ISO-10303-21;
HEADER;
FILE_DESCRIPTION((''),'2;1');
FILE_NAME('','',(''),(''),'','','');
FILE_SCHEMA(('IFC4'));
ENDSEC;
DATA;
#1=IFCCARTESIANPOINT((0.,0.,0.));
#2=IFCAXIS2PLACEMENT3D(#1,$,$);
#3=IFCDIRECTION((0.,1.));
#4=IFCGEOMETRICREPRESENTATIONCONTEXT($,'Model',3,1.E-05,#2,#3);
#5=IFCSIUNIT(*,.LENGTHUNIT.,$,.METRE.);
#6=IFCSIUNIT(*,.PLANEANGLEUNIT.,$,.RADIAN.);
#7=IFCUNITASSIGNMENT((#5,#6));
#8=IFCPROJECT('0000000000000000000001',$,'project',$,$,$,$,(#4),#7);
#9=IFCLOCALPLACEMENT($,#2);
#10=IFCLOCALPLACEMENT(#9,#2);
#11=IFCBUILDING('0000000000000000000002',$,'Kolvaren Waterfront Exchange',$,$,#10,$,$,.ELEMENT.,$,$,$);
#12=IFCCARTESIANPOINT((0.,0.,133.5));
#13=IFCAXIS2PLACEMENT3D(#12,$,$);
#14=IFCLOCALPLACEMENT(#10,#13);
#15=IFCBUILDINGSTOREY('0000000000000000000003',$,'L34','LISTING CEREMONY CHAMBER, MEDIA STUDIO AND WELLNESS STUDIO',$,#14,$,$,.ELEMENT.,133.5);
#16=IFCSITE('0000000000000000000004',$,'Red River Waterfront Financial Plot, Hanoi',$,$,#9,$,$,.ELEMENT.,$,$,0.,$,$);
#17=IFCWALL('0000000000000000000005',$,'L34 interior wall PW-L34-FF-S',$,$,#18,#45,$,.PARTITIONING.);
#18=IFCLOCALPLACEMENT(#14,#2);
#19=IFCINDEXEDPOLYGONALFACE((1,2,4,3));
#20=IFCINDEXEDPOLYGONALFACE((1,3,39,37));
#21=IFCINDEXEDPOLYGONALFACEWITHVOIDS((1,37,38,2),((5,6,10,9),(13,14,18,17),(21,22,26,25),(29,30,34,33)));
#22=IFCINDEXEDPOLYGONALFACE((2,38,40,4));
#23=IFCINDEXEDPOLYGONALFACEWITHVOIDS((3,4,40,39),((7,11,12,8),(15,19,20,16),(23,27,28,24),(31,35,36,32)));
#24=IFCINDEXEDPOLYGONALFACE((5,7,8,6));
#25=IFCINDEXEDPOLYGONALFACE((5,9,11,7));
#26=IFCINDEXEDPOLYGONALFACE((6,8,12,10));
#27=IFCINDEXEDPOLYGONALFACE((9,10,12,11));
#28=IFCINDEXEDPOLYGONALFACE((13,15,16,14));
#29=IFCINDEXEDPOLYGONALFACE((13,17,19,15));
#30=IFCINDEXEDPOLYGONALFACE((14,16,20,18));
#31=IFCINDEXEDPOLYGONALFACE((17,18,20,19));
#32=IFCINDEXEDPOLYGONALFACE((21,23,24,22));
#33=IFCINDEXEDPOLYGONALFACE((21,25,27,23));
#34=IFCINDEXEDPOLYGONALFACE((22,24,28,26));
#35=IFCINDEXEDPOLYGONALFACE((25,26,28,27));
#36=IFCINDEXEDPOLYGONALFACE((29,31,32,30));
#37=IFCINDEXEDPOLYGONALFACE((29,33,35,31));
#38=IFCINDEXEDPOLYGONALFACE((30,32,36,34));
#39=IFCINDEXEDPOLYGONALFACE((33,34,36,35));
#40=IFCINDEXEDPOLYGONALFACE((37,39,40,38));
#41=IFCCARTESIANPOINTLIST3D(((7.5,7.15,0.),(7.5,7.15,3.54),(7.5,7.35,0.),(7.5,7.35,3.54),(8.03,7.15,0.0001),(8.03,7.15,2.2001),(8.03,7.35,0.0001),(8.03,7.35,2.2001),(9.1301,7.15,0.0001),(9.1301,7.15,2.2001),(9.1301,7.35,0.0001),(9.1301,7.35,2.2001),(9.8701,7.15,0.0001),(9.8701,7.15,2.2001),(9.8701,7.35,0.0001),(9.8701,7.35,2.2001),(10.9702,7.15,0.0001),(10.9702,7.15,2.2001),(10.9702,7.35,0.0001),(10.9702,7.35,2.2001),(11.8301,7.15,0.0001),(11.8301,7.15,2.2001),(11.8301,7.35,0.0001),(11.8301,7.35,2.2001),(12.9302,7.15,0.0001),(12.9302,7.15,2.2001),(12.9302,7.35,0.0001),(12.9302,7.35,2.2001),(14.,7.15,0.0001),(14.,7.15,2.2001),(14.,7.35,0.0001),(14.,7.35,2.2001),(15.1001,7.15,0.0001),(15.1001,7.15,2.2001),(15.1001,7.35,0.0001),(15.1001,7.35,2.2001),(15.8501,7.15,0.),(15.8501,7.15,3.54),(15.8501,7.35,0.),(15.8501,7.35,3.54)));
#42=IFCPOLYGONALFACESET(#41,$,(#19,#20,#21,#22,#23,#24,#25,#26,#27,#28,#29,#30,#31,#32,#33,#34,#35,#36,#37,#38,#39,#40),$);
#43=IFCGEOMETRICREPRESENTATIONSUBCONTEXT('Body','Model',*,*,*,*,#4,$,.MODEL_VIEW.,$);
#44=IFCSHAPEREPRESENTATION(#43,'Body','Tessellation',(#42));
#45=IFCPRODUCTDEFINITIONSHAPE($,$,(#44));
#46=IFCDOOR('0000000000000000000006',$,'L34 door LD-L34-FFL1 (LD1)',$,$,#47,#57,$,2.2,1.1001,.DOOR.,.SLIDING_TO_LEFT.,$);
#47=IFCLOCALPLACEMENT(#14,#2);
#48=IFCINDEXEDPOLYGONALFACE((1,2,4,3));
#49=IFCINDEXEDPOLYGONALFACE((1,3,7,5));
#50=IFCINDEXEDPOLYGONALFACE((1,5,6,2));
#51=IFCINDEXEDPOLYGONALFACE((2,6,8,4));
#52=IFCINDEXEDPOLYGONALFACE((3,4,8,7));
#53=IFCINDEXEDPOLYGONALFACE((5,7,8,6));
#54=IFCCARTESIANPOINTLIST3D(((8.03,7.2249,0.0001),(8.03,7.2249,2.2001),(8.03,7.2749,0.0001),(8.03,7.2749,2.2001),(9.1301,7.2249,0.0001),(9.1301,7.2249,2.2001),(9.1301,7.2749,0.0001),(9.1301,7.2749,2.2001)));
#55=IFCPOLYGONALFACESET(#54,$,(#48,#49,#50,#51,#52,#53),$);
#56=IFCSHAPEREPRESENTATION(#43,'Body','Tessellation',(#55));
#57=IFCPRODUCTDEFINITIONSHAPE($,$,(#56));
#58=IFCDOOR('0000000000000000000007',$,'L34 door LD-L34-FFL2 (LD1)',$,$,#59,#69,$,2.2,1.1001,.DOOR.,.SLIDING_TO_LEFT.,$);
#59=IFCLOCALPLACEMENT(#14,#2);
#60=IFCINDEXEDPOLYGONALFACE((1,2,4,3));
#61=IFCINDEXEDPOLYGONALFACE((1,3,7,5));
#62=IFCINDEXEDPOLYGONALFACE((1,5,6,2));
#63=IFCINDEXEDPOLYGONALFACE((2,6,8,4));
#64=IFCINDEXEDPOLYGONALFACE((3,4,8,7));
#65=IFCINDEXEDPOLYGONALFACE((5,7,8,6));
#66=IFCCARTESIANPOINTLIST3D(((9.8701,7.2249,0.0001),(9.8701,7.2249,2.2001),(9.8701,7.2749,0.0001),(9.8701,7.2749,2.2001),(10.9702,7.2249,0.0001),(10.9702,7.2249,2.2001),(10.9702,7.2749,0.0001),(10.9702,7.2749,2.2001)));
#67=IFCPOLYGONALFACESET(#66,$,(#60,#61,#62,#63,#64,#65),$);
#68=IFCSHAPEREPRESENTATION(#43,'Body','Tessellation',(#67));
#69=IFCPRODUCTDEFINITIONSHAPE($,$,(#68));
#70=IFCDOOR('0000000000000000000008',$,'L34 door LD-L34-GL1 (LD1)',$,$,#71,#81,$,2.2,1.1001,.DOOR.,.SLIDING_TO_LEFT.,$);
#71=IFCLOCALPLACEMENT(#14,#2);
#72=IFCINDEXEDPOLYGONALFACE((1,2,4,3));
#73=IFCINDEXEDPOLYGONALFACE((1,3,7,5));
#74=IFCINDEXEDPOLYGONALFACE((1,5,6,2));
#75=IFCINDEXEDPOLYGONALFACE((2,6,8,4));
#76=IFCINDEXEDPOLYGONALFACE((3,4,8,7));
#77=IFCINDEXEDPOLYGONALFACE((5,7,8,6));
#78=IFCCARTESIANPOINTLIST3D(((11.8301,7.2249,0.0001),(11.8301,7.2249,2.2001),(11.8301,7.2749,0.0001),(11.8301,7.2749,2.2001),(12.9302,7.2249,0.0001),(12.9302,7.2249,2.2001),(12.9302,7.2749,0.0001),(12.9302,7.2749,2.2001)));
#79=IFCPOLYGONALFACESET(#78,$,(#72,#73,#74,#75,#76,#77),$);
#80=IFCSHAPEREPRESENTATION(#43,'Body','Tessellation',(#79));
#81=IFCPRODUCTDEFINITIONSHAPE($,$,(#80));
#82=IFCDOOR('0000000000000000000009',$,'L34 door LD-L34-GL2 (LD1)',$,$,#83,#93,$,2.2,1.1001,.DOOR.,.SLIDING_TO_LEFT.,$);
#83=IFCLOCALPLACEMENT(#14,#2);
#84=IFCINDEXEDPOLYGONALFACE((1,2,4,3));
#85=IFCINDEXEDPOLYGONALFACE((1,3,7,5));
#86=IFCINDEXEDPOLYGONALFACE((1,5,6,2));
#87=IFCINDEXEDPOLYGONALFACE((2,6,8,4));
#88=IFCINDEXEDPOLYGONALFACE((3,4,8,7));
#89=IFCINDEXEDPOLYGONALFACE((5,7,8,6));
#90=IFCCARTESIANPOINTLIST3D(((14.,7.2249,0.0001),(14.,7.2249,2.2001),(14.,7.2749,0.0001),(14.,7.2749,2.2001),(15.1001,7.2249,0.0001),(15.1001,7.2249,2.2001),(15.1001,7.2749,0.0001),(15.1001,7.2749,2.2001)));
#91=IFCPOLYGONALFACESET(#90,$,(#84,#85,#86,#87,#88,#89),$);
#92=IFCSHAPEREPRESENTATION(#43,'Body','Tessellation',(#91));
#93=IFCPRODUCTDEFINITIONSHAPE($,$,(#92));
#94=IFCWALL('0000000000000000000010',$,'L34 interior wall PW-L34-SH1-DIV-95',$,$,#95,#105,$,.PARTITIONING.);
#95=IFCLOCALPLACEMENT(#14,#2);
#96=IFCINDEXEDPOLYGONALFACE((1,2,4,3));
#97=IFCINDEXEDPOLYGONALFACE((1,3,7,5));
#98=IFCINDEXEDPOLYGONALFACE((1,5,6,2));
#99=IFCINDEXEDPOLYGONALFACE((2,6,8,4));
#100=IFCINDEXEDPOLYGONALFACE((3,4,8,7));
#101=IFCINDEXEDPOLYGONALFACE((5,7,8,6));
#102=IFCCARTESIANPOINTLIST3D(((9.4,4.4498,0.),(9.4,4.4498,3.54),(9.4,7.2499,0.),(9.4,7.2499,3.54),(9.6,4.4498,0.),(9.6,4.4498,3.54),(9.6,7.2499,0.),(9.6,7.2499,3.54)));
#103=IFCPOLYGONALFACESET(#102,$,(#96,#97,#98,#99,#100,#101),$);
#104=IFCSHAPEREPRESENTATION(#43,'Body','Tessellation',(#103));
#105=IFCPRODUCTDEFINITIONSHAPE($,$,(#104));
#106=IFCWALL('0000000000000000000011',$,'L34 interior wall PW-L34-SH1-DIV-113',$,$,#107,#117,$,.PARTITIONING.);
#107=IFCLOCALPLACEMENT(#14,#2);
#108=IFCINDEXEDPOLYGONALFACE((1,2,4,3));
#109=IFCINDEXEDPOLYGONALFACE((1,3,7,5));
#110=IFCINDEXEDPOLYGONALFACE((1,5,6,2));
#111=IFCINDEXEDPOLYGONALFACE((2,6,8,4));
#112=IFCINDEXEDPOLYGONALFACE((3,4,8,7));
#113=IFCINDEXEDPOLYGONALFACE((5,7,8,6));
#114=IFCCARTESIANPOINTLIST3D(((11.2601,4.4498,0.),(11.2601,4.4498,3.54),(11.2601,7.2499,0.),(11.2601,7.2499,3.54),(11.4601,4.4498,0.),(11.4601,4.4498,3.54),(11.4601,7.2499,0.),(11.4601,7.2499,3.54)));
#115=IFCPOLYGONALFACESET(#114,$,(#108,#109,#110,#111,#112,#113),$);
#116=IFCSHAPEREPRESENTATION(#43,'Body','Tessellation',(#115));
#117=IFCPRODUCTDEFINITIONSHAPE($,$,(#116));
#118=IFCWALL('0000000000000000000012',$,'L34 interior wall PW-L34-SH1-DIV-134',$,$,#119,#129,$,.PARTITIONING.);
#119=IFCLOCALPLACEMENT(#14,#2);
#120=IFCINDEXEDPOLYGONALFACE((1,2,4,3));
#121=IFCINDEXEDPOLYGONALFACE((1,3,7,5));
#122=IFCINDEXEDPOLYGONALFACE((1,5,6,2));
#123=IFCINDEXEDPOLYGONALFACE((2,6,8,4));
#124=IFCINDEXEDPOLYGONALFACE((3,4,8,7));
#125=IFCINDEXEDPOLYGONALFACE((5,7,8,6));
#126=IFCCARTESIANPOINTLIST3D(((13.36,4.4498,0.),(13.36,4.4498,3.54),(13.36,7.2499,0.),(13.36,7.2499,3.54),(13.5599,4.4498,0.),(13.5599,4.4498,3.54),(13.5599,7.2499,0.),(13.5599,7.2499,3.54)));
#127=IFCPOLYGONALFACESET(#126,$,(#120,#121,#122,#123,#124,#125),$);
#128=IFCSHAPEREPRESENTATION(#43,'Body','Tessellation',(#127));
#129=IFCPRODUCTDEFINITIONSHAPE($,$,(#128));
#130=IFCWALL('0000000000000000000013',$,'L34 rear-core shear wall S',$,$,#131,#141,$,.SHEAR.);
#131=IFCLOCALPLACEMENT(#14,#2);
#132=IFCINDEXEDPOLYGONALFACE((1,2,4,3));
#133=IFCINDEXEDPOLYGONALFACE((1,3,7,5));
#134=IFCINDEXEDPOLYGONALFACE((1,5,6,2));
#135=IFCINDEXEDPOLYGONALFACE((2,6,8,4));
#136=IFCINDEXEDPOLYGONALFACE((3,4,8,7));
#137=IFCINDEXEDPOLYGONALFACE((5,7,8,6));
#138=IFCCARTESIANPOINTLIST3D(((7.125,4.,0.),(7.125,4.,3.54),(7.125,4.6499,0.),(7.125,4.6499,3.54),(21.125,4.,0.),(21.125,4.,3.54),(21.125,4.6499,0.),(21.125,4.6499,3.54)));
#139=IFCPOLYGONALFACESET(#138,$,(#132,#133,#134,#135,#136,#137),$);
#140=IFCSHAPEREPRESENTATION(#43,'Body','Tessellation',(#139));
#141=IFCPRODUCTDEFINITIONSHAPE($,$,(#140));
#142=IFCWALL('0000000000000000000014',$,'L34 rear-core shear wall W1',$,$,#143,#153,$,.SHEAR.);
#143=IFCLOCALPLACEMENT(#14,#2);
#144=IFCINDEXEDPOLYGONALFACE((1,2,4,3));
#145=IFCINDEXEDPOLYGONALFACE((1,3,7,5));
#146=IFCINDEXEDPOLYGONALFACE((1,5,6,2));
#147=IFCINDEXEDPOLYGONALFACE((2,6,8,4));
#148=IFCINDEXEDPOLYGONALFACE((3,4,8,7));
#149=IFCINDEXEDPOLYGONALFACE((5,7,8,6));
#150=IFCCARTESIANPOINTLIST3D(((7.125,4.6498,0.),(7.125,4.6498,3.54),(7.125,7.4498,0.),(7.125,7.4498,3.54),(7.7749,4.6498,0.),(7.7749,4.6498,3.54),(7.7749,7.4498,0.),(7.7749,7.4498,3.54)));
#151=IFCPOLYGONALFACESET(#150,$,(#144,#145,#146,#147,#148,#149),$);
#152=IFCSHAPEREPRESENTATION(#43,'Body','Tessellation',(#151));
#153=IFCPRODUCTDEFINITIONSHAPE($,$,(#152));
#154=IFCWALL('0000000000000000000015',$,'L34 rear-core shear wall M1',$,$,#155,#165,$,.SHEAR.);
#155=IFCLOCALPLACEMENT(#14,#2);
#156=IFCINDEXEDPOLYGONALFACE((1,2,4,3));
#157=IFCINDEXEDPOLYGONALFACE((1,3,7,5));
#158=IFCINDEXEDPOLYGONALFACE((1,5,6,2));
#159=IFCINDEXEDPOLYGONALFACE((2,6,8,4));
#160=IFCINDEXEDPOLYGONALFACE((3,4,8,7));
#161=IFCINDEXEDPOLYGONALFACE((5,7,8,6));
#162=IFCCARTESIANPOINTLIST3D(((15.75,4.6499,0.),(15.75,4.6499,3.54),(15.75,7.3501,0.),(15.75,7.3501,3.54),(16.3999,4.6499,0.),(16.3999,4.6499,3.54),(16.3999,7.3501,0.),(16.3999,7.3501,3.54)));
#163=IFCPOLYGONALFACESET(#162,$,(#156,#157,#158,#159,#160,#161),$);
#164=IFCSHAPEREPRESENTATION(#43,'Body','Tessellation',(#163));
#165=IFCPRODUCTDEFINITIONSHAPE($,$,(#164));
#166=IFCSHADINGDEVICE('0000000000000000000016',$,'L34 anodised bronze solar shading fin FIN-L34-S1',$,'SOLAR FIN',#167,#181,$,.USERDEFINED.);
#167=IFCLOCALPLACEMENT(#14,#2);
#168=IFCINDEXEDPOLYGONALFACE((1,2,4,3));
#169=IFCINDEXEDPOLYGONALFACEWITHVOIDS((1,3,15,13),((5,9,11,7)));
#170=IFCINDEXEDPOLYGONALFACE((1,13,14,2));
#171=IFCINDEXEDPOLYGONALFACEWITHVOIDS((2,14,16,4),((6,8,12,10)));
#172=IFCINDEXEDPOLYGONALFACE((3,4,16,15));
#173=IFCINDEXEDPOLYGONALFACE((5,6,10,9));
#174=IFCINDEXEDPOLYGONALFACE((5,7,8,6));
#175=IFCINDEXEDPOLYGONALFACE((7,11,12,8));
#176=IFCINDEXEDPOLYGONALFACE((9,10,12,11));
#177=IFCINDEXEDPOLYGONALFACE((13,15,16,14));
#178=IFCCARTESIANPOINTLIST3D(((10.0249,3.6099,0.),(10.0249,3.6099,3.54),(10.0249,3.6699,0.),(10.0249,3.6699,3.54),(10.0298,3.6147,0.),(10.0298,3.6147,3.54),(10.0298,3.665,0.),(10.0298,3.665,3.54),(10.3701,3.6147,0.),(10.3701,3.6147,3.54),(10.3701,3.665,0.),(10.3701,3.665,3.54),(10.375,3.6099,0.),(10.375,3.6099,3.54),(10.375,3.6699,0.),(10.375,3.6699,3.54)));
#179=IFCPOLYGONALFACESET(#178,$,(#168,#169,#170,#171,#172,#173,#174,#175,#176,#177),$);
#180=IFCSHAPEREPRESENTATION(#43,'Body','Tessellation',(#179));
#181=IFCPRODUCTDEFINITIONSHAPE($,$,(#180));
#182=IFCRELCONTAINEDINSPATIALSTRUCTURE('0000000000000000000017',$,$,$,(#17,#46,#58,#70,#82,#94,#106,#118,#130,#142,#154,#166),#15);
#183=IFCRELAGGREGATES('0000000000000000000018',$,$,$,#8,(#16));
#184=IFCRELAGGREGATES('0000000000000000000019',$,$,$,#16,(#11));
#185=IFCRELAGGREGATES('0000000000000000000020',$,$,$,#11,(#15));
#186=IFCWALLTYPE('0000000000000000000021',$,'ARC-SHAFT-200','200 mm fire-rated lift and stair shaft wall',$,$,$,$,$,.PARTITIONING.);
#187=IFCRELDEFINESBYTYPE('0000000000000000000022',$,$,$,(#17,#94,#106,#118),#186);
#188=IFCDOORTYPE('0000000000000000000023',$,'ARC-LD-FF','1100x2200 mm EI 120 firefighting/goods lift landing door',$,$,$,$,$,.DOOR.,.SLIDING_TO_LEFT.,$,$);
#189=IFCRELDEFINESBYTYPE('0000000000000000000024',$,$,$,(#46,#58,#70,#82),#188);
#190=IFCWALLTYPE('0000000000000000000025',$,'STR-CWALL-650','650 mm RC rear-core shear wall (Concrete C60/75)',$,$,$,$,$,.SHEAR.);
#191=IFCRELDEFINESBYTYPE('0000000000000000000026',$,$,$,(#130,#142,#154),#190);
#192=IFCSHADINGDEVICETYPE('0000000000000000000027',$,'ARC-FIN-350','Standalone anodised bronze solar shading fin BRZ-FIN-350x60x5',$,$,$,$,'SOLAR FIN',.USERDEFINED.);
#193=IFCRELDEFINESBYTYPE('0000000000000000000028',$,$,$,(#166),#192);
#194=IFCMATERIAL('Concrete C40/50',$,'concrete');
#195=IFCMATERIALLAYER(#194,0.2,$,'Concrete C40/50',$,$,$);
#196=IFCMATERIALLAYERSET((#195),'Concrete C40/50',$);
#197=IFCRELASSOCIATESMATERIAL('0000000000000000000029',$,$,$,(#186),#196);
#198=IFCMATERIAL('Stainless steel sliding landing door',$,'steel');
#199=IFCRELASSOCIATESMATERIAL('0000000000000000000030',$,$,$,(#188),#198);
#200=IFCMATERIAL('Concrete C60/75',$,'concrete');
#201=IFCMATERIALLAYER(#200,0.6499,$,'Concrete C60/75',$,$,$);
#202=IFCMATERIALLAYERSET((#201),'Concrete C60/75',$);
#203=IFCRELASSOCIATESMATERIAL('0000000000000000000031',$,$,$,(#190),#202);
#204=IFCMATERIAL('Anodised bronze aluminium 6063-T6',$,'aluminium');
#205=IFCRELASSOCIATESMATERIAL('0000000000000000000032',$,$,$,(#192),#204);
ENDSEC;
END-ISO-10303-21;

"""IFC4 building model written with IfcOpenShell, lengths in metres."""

from ifc_helpers import new_model, si_unit, direction, frame, frame_2d, origin, origin_2d, place, context, subcontext, project, spatial, rectangle, hollow_rectangle, extrude, material, layer, layer_set, material_profile, profile_set, type_object, element, fill, save


model = new_model("IFC4")

# Units and contexts
model_context = context("Model", 3, precision=1e-05, world=origin(), true_north=direction((0.0, 1.0)))
body_context = subcontext(model_context, "Body", "Model", "MODEL_VIEW")
ifc_project = project(units=[si_unit("LENGTHUNIT", "METRE"), si_unit("PLANEANGLEUNIT", "RADIAN")], contexts=[model_context])

# Site, building, storey
site_placement = place(None, origin())
site = spatial("IfcSite", under=ifc_project, at=site_placement, Name="Red River Waterfront Financial Plot, Hanoi", CompositionType="ELEMENT", RefElevation=0.0)
building_placement = place(site_placement, origin())
building = spatial("IfcBuilding", under=site, at=building_placement, Name="Kolvaren Waterfront Exchange", CompositionType="ELEMENT")
storey_placement = place(building_placement, frame((0.0, 0.0, 133.5)))
storey = spatial("IfcBuildingStorey", under=building, at=storey_placement, Name="L34", Description="LISTING CEREMONY CHAMBER, MEDIA STUDIO AND WELLNESS STUDIO", CompositionType="ELEMENT", Elevation=133.5)

# Shared definitions
ifc_material_1 = material(Name="Concrete C60/75", Category="concrete")

# Shared definitions
ifc_material_2 = material(Name="Anodised bronze aluminium 6063-T6", Category="aluminium")

# Wall, openings, doors
ifc_material_3 = material(Name="Concrete C40/50", Category="concrete")
ifc_layer_1 = layer(ifc_material_3, 0.2, Name="Concrete C40/50")
ifc_layer_set_1 = layer_set([ifc_layer_1], Name="Concrete C40/50")
wall_type_1 = type_object("IfcWallType", Name="ARC-SHAFT-200", Description="200 mm fire-rated lift and stair shaft wall", PredefinedType="PARTITIONING", material=ifc_layer_set_1)
wall_1_placement = place(storey_placement, frame((7.5, 7.25, 0.0), z_axis=(0.0, 0.0, 1.0), x_axis=(1.0, 0.0, 0.0)))
wall_1 = element("IfcWall", 1, at=wall_1_placement, inside=storey, type_object=wall_type_1, Name="L34 interior wall PW-L34-FF-S", PredefinedType="PARTITIONING", context=body_context, shape_type="SweptSolid", body=[
    extrude(rectangle(XDim=8.3501, YDim=0.2, at=frame_2d((4.175, 0.0))), origin(), (0.0, 0.0, 1.0), 3.54),
])
opening_1_placement = place(wall_1_placement, frame((0.53, 0.0, 0.0)))
opening_1 = element("IfcOpeningElement", 2, at=opening_1_placement, cuts=wall_1, PredefinedType="OPENING", context=body_context, shape_type="SweptSolid", body=[
    extrude(rectangle(XDim=1.1001, YDim=2.2, at=frame_2d((0.55, 1.1001))), frame((0.0, 0.1099, 0.0), z_axis=(0.0, -1.0, 0.0), x_axis=(1.0, 0.0, 0.0)), (0.0, 0.0, 1.0), 0.22),
])
opening_2_placement = place(wall_1_placement, frame((2.3701, 0.0, 0.0)))
opening_2 = element("IfcOpeningElement", 3, at=opening_2_placement, cuts=wall_1, PredefinedType="OPENING", context=body_context, shape_type="SweptSolid", body=[
    extrude(rectangle(XDim=1.1001, YDim=2.2, at=frame_2d((0.55, 1.1001))), frame((0.0, 0.1099, 0.0), z_axis=(0.0, -1.0, 0.0), x_axis=(1.0, 0.0, 0.0)), (0.0, 0.0, 1.0), 0.22),
])
opening_3_placement = place(wall_1_placement, frame((4.3301, 0.0, 0.0)))
opening_3 = element("IfcOpeningElement", 4, at=opening_3_placement, cuts=wall_1, PredefinedType="OPENING", context=body_context, shape_type="SweptSolid", body=[
    extrude(rectangle(XDim=1.1001, YDim=2.2, at=frame_2d((0.55, 1.1001))), frame((0.0, 0.1099, 0.0), z_axis=(0.0, -1.0, 0.0), x_axis=(1.0, 0.0, 0.0)), (0.0, 0.0, 1.0), 0.22),
])
opening_4_placement = place(wall_1_placement, frame((6.5, 0.0, 0.0)))
opening_4 = element("IfcOpeningElement", 5, at=opening_4_placement, cuts=wall_1, PredefinedType="OPENING", context=body_context, shape_type="SweptSolid", body=[
    extrude(rectangle(XDim=1.1001, YDim=2.2, at=frame_2d((0.55, 1.1001))), frame((0.0, 0.1099, 0.0), z_axis=(0.0, -1.0, 0.0), x_axis=(1.0, 0.0, 0.0)), (0.0, 0.0, 1.0), 0.22),
])
ifc_material_4 = material(Name="Stainless steel sliding landing door", Category="steel")
door_type = type_object("IfcDoorType", Name="ARC-LD-FF", Description="1100x2200 mm EI 120 firefighting/goods lift landing door", OperationType="SLIDING_TO_LEFT", PredefinedType="DOOR", material=ifc_material_4)
door_1_placement = place(opening_1_placement, origin())
door_1 = element("IfcDoor", 6, at=door_1_placement, inside=storey, type_object=door_type, Name="L34 door LD-L34-FFL1 (LD1)", OperationType="SLIDING_TO_LEFT", OverallHeight=2.2, OverallWidth=1.1001, PredefinedType="DOOR", context=body_context, shape_type="SweptSolid", body=[
    extrude(rectangle(XDim=1.1001, YDim=2.2, at=frame_2d((0.55, 1.1001))), frame((0.0, 0.0249, 0.0), z_axis=(0.0, -1.0, 0.0), x_axis=(1.0, 0.0, 0.0)), (0.0, 0.0, 1.0), 0.05),
])
fill(opening_1, door_1)
door_2_placement = place(opening_2_placement, origin())
door_2 = element("IfcDoor", 7, at=door_2_placement, inside=storey, type_object=door_type, Name="L34 door LD-L34-FFL2 (LD1)", OperationType="SLIDING_TO_LEFT", OverallHeight=2.2, OverallWidth=1.1001, PredefinedType="DOOR", context=body_context, shape_type="SweptSolid", body=[
    extrude(rectangle(XDim=1.1001, YDim=2.2, at=frame_2d((0.55, 1.1001))), frame((0.0, 0.0249, 0.0), z_axis=(0.0, -1.0, 0.0), x_axis=(1.0, 0.0, 0.0)), (0.0, 0.0, 1.0), 0.05),
])
fill(opening_2, door_2)
door_3_placement = place(opening_3_placement, origin())
door_3 = element("IfcDoor", 8, at=door_3_placement, inside=storey, type_object=door_type, Name="L34 door LD-L34-GL1 (LD1)", OperationType="SLIDING_TO_LEFT", OverallHeight=2.2, OverallWidth=1.1001, PredefinedType="DOOR", context=body_context, shape_type="SweptSolid", body=[
    extrude(rectangle(XDim=1.1001, YDim=2.2, at=frame_2d((0.55, 1.1001))), frame((0.0, 0.0249, 0.0), z_axis=(0.0, -1.0, 0.0), x_axis=(1.0, 0.0, 0.0)), (0.0, 0.0, 1.0), 0.05),
])
fill(opening_3, door_3)
door_4_placement = place(opening_4_placement, origin())
door_4 = element("IfcDoor", 9, at=door_4_placement, inside=storey, type_object=door_type, Name="L34 door LD-L34-GL2 (LD1)", OperationType="SLIDING_TO_LEFT", OverallHeight=2.2, OverallWidth=1.1001, PredefinedType="DOOR", context=body_context, shape_type="SweptSolid", body=[
    extrude(rectangle(XDim=1.1001, YDim=2.2, at=frame_2d((0.55, 1.1001))), frame((0.0, 0.0249, 0.0), z_axis=(0.0, -1.0, 0.0), x_axis=(1.0, 0.0, 0.0)), (0.0, 0.0, 1.0), 0.05),
])
fill(opening_4, door_4)

# Walls
for number, where, z_axis, x_axis, name in (
    (10, (9.5, 4.45, 0.0), (0.0, 0.0, 1.0), (0.0, 1.0, 0.0), "L34 interior wall PW-L34-SH1-DIV-95"),
    (11, (11.3601, 4.45, 0.0), (0.0, 0.0, 1.0), (0.0, 1.0, 0.0), "L34 interior wall PW-L34-SH1-DIV-113"),
    (12, (13.46, 4.45, 0.0), (0.0, 0.0, 1.0), (0.0, 1.0, 0.0), "L34 interior wall PW-L34-SH1-DIV-134"),
):
    element("IfcWall", number, at=place(storey_placement, frame(where, z_axis=z_axis, x_axis=x_axis)), inside=storey, type_object=wall_type_1, Name=name, PredefinedType="PARTITIONING", context=body_context, shape_type="SweptSolid", body=[
        extrude(rectangle(XDim=2.8, YDim=0.2, at=frame_2d((1.3999, 0.0))), origin(), (0.0, 0.0, 1.0), 3.54),
    ])
ifc_layer_2 = layer(ifc_material_1, 0.6499, Name="Concrete C60/75")
ifc_layer_set_2 = layer_set([ifc_layer_2], Name="Concrete C60/75")
wall_type_2 = type_object("IfcWallType", Name="STR-CWALL-650", Description="650 mm RC rear-core shear wall (Concrete C60/75)", PredefinedType="SHEAR", material=ifc_layer_set_2)
wall_2_placement = place(storey_placement, frame((7.125, 4.325, 0.0), z_axis=(0.0, 0.0, 1.0), x_axis=(1.0, 0.0, 0.0)))
element("IfcWall", 13, at=wall_2_placement, inside=storey, type_object=wall_type_2, Name="L34 rear-core shear wall S", PredefinedType="SHEAR", context=body_context, shape_type="SweptSolid", body=[
    extrude(rectangle(XDim=14.0, YDim=0.6499, at=frame_2d((7.0, 0.0))), origin(), (0.0, 0.0, 1.0), 3.54),
])
wall_3_placement = place(storey_placement, frame((7.45, 4.6499, 0.0), z_axis=(0.0, 0.0, 1.0), x_axis=(0.0, 1.0, 0.0)))
element("IfcWall", 14, at=wall_3_placement, inside=storey, type_object=wall_type_2, Name="L34 rear-core shear wall W1", PredefinedType="SHEAR", context=body_context, shape_type="SweptSolid", body=[
    extrude(rectangle(XDim=2.8, YDim=0.6499, at=frame_2d((1.3999, 0.0))), origin(), (0.0, 0.0, 1.0), 3.54),
])
wall_4_placement = place(storey_placement, frame((16.075, 4.6499, 0.0), z_axis=(0.0, 0.0, 1.0), x_axis=(0.0, 1.0, 0.0)))
element("IfcWall", 15, at=wall_4_placement, inside=storey, type_object=wall_type_2, Name="L34 rear-core shear wall M1", PredefinedType="SHEAR", context=body_context, shape_type="SweptSolid", body=[
    extrude(rectangle(XDim=2.7002, YDim=0.6499, at=frame_2d((1.3501, 0.0))), origin(), (0.0, 0.0, 1.0), 3.54),
])

# Shading device
ifc_material_profile_1 = material_profile(ifc_material_2, hollow_rectangle(XDim=0.0601, YDim=0.3501, WallThickness=0.0049, at=origin_2d()), Name="BRZ-FIN-350x60x5")
ifc_profile_set_1 = profile_set([ifc_material_profile_1], Name="Anodised bronze aluminium 6063-T6")
shading_device_type = type_object("IfcShadingDeviceType", Name="ARC-FIN-350", Description="Standalone anodised bronze solar shading fin BRZ-FIN-350x60x5", ElementType="SOLAR FIN", PredefinedType="USERDEFINED", material=ifc_profile_set_1)
for number, where, z_axis, x_axis, name in (
    (16, (10.2, 3.6399, 0.0), (0.0, 0.0, 1.0), (0.0, -1.0, 0.0), "L34 anodised bronze solar shading fin FIN-L34-S1"),
):
    element("IfcShadingDevice", number, at=place(storey_placement, frame(where, z_axis=z_axis, x_axis=x_axis)), inside=storey, type_object=shading_device_type, Name=name, ObjectType="SOLAR FIN", PredefinedType="USERDEFINED", context=body_context, shape_type="SweptSolid", body=[
        extrude(hollow_rectangle(XDim=0.0601, YDim=0.3501, WallThickness=0.0049, at=origin_2d()), origin(), (0.0, 0.0, 1.0), 3.54),
    ])

save(model, "model.ifc")
